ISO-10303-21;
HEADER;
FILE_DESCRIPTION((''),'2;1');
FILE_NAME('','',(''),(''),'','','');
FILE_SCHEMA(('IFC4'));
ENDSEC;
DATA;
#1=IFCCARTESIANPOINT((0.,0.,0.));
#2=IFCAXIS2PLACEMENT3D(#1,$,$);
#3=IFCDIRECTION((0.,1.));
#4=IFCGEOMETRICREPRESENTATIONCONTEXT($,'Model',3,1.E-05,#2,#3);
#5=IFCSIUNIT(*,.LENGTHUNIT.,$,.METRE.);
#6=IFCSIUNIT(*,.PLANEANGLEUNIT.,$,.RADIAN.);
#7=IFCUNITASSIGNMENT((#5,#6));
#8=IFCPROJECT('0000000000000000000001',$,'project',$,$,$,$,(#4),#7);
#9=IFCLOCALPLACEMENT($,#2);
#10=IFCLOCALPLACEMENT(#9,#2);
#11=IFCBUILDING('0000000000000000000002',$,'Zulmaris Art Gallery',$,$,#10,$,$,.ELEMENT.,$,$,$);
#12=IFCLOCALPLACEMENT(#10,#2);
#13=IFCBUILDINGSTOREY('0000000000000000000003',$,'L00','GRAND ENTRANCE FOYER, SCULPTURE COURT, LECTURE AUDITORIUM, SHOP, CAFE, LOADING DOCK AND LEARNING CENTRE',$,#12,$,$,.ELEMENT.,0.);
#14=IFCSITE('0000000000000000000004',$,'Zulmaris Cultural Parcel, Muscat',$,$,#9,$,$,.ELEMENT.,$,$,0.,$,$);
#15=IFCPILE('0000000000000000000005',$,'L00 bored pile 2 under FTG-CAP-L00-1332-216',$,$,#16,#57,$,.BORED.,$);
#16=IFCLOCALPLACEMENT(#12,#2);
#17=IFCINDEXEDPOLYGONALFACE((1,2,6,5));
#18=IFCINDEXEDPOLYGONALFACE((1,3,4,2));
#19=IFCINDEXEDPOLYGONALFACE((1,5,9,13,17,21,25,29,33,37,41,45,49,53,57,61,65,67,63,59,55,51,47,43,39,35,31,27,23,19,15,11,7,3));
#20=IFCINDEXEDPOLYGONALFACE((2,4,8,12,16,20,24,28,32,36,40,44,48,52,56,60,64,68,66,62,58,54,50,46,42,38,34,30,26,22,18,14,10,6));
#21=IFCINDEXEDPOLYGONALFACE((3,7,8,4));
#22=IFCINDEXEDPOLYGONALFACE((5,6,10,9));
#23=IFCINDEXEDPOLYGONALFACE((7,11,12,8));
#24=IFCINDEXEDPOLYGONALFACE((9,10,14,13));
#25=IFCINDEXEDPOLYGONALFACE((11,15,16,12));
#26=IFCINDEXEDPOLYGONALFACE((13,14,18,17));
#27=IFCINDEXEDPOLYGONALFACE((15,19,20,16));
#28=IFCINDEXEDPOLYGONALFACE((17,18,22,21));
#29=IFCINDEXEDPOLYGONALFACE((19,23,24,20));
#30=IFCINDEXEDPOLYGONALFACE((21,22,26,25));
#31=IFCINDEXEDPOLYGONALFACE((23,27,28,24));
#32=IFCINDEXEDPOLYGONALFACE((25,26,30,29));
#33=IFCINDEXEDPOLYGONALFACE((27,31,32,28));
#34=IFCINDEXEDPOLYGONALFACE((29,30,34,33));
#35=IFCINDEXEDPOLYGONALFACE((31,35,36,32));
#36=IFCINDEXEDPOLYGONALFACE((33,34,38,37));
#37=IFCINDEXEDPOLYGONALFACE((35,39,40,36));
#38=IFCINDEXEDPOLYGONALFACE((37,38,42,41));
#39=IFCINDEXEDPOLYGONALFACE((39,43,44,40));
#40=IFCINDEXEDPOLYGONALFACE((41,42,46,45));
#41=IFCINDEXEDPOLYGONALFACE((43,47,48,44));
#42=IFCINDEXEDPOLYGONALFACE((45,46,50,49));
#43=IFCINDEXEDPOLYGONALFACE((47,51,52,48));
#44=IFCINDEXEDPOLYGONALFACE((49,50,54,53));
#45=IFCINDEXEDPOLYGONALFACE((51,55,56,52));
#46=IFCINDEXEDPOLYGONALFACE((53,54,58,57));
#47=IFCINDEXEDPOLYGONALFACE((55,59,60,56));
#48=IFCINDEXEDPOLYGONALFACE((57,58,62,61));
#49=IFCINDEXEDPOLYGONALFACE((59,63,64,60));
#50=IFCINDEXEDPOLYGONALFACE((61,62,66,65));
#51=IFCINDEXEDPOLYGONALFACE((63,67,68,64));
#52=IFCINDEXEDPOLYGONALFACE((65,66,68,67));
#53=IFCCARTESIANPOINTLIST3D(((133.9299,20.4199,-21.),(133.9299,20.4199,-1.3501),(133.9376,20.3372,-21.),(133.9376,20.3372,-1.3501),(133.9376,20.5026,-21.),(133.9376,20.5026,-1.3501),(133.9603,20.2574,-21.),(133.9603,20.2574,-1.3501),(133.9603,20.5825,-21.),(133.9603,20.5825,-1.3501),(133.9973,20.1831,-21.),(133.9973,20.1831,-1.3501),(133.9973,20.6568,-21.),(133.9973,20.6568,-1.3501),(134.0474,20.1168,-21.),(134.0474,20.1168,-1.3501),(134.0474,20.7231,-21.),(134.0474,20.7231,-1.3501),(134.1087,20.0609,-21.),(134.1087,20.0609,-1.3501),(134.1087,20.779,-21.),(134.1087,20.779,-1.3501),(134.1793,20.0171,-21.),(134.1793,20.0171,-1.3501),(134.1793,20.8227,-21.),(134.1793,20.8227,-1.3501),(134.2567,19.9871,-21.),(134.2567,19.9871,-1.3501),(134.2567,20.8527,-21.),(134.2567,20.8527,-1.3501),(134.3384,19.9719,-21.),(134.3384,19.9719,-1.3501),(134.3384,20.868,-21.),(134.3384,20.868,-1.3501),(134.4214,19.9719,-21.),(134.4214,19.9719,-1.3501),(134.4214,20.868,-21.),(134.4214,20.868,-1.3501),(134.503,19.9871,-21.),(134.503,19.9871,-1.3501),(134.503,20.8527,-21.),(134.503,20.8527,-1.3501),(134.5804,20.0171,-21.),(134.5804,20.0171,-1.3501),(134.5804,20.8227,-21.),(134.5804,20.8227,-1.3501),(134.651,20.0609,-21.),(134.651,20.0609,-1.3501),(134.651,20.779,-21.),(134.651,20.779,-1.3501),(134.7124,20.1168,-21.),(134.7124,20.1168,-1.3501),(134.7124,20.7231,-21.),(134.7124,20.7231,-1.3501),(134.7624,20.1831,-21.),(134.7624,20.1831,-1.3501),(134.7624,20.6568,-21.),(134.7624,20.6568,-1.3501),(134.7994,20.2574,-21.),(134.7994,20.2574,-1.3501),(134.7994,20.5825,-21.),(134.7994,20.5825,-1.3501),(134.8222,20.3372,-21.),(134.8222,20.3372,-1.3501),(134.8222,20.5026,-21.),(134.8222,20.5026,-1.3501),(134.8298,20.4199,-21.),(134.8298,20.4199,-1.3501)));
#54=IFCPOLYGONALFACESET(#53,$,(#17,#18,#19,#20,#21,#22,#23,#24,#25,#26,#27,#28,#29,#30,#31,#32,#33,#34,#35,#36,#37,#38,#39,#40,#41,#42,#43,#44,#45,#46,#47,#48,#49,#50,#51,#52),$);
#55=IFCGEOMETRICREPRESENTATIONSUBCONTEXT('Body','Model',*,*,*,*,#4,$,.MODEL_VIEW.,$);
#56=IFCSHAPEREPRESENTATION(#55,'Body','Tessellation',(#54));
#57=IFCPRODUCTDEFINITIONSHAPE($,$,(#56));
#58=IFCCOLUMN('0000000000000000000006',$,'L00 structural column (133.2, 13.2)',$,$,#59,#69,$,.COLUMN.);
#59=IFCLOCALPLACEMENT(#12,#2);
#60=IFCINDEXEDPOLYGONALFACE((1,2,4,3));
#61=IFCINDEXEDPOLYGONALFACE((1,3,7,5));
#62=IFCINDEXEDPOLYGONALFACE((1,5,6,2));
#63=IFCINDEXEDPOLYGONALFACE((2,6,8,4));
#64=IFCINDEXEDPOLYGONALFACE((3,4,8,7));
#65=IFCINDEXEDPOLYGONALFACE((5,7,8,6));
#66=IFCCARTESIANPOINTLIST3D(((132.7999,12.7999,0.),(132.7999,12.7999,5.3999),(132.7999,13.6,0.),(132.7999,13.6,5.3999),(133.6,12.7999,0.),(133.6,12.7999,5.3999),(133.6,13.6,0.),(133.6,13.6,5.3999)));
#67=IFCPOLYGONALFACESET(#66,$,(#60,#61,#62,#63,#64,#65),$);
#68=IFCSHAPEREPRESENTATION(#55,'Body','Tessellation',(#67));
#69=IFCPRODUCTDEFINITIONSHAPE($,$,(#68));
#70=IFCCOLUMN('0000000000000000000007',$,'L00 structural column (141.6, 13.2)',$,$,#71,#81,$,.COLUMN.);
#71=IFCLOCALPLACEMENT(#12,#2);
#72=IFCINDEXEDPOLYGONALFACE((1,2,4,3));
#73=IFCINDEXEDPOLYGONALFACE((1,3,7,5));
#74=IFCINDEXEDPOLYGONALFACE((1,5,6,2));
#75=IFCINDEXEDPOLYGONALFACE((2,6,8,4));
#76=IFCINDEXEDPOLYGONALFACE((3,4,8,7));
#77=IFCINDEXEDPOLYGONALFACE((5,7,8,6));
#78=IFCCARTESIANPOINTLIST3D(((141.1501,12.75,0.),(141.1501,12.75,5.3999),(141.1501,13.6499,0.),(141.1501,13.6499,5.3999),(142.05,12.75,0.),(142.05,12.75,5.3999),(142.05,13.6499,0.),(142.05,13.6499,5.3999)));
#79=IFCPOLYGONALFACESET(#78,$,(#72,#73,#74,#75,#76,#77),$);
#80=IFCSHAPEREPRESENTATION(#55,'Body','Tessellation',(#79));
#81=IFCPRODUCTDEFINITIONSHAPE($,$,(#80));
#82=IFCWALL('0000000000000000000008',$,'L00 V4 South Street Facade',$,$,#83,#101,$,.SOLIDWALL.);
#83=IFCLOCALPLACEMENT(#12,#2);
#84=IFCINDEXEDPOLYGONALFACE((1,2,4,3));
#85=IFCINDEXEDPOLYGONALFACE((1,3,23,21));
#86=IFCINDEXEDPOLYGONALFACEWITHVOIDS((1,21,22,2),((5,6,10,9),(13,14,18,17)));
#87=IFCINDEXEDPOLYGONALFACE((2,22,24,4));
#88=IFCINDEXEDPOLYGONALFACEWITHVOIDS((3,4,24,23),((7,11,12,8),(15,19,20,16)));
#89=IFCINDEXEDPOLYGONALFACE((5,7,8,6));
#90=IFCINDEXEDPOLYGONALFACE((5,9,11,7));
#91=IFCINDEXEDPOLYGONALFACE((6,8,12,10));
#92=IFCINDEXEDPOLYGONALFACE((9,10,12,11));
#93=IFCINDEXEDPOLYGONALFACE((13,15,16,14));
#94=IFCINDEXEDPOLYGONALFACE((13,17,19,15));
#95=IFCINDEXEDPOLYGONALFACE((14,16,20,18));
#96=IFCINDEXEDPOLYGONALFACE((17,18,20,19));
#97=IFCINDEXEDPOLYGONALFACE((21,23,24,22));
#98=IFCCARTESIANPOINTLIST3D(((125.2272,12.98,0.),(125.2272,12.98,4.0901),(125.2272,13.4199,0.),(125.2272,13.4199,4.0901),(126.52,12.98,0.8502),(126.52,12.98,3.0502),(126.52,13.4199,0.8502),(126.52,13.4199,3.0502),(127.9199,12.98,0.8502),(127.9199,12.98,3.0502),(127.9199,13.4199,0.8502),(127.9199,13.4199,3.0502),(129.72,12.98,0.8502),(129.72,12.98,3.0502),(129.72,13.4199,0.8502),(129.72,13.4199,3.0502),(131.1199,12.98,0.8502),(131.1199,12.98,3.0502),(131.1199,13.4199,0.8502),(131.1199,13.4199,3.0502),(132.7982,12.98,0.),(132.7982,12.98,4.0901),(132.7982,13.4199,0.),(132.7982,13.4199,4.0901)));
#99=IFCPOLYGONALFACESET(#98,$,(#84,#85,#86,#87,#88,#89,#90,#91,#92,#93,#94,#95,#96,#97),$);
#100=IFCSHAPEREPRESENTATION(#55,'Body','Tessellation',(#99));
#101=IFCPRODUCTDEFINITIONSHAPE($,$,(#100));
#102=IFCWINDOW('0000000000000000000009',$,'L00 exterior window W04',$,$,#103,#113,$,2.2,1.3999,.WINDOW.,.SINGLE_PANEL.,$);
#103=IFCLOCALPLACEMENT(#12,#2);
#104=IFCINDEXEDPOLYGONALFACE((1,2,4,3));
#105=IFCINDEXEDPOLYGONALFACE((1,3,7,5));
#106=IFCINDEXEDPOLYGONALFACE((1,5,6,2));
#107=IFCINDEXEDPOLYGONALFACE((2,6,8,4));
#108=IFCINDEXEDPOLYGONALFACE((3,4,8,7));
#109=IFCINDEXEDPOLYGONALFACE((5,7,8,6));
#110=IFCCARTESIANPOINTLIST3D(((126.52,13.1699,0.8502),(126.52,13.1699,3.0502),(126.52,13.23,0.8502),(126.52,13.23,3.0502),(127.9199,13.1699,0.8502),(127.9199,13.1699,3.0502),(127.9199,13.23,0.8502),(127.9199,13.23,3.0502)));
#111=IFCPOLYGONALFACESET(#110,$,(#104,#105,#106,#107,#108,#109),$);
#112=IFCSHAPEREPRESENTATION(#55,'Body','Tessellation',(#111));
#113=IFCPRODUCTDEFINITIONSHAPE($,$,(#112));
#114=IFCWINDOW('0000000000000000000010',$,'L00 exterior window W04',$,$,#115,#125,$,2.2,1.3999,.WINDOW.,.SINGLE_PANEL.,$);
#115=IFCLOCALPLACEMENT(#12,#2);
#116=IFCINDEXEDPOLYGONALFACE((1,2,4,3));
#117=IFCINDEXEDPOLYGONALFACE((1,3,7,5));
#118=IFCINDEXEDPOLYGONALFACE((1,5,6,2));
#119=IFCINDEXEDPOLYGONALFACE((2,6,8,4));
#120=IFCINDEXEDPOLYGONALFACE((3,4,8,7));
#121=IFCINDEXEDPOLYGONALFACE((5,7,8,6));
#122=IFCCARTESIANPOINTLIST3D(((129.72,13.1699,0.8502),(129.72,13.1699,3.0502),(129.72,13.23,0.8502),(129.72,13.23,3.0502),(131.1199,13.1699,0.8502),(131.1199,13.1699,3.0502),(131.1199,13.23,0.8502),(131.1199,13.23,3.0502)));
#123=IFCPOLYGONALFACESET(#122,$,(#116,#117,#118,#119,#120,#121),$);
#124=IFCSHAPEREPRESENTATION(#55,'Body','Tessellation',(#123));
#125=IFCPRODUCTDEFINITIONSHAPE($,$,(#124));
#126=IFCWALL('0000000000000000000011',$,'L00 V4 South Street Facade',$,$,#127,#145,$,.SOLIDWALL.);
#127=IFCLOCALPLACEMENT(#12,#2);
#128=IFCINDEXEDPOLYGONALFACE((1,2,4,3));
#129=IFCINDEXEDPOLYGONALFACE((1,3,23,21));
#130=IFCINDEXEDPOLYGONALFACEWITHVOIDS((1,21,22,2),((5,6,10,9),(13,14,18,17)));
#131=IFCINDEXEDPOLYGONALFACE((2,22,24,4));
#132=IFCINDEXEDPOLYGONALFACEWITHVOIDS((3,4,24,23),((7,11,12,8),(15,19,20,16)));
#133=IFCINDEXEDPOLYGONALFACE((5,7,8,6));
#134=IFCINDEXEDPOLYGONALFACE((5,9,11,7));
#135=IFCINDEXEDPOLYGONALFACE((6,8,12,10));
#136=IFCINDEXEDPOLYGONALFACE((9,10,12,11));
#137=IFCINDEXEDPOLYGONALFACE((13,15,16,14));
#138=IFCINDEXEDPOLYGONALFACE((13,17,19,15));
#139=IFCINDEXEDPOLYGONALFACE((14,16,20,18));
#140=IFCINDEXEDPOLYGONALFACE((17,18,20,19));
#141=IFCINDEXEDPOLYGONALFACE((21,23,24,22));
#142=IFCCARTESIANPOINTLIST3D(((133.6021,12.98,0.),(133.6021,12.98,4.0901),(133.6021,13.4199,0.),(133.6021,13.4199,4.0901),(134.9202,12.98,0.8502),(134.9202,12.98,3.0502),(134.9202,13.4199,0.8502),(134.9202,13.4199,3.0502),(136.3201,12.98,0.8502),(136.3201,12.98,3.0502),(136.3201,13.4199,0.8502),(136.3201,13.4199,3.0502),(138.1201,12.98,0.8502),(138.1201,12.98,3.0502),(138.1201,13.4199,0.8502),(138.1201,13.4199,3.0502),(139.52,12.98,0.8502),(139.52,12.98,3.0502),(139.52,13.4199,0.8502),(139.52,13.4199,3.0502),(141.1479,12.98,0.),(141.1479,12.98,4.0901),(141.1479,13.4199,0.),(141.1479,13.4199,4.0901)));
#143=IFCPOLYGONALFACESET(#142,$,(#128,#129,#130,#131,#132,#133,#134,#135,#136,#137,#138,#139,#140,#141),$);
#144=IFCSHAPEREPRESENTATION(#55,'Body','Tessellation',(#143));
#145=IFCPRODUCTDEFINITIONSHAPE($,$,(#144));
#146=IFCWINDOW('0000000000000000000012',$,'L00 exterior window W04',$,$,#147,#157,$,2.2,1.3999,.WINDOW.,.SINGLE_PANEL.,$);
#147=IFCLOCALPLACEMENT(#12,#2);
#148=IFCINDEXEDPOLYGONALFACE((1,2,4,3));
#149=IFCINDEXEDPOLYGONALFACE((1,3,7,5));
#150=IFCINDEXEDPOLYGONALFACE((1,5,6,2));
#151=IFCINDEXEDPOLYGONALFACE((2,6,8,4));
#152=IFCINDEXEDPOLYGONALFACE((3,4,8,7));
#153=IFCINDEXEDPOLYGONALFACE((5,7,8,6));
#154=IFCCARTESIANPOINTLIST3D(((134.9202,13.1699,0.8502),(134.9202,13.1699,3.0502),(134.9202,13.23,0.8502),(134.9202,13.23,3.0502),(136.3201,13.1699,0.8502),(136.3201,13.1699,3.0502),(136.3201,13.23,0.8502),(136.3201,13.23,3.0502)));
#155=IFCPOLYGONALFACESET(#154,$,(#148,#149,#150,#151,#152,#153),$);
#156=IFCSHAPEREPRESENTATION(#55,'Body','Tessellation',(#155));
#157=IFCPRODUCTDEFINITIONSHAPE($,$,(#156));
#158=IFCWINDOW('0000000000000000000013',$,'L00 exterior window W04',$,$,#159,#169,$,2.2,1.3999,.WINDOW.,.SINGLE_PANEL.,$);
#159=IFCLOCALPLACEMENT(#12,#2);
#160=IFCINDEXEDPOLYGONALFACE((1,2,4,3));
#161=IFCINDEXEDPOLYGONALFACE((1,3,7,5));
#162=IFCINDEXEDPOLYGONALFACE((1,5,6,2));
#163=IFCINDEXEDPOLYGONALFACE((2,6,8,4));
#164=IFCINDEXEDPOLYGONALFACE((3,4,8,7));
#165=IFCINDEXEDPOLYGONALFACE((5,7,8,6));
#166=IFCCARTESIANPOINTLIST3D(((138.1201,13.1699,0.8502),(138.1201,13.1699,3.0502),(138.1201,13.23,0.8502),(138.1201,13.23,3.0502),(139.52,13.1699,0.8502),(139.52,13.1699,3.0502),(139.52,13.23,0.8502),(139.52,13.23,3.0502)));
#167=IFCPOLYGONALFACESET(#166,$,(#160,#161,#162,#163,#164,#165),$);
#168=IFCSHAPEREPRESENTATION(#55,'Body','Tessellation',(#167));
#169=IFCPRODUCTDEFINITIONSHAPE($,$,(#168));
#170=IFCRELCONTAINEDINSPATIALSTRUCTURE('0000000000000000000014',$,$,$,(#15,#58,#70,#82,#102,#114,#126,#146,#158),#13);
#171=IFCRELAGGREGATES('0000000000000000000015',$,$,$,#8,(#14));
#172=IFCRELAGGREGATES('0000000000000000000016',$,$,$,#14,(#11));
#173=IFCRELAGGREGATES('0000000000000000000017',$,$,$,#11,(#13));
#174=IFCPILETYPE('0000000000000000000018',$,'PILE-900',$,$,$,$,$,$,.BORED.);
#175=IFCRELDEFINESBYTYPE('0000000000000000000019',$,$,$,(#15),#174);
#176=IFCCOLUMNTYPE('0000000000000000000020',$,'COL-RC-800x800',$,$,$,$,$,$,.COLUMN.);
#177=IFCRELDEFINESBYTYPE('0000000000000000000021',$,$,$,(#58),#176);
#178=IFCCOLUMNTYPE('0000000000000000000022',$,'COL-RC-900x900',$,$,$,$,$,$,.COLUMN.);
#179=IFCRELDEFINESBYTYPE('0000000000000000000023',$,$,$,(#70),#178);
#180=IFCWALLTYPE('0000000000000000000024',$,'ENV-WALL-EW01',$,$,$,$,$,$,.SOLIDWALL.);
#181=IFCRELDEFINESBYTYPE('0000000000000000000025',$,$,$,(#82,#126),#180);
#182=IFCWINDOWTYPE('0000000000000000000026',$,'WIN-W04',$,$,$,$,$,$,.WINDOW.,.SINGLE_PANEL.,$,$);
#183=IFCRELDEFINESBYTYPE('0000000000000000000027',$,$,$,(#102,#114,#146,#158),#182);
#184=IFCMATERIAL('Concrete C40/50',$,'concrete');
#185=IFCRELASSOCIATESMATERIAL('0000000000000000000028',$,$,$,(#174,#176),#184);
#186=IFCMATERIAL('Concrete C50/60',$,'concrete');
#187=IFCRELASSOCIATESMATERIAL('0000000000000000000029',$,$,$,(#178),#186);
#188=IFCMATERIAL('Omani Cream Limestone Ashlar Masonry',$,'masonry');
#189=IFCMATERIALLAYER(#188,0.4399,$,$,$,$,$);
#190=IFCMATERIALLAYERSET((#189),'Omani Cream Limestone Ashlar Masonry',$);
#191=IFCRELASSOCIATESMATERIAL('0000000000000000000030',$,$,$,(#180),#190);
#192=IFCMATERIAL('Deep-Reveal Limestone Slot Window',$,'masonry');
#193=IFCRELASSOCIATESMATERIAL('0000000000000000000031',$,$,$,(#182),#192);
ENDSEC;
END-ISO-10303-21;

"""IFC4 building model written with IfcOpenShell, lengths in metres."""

from ifc_helpers import new_model, si_unit, direction, frame, frame_2d, origin, origin_2d, place, context, subcontext, project, spatial, rectangle, circle, extrude, material, layer, layer_set, material_profile, profile_set, type_object, element, fill, save


model = new_model("IFC4")

# Units and contexts
model_context = context("Model", 3, precision=1e-05, world=origin(), true_north=direction((0.0, 1.0)))
body_context = subcontext(model_context, "Body", "Model", "MODEL_VIEW")
ifc_project = project(units=[si_unit("LENGTHUNIT", "METRE"), si_unit("PLANEANGLEUNIT", "RADIAN")], contexts=[model_context])

# Site, building, storey
site_placement = place(None, origin())
site = spatial("IfcSite", under=ifc_project, at=site_placement, Name="Zulmaris Cultural Parcel, Muscat", CompositionType="ELEMENT", RefElevation=0.0)
building_placement = place(site_placement, origin())
building = spatial("IfcBuilding", under=site, at=building_placement, Name="Zulmaris Art Gallery", CompositionType="ELEMENT")
storey_placement = place(building_placement, origin())
storey = spatial("IfcBuildingStorey", under=building, at=storey_placement, Name="L00", Description="GRAND ENTRANCE FOYER, SCULPTURE COURT, LECTURE AUDITORIUM, SHOP, CAFE, LOADING DOCK AND LEARNING CENTRE", CompositionType="ELEMENT", Elevation=0.0)

# Pile
ifc_material_1 = material(Name="Concrete C40/50", Category="concrete")
ifc_material_profile_1 = material_profile(ifc_material_1, circle(Radius=0.45, at=origin_2d()), Name="PILE DIA 900")
ifc_profile_set_1 = profile_set([ifc_material_profile_1], Name="Concrete C40/50")
pile_type_1 = type_object("IfcPileType", Name="PILE-900", PredefinedType="BORED", material=ifc_profile_set_1)
for number, where, z_axis, x_axis, name in (
    (1, (134.3799, 20.4199, -1.3501), (0.0, 0.0, -1.0), (1.0, 0.0, 0.0), "L00 bored pile 2 under FTG-CAP-L00-1332-216"),
):
    element("IfcPile", number, at=place(storey_placement, frame(where, z_axis=z_axis, x_axis=x_axis)), inside=storey, type_object=pile_type_1, Name=name, PredefinedType="BORED", context=body_context, shape_type="SweptSolid", body=[
        extrude(circle(Radius=0.45, at=origin_2d()), origin(), (0.0, 0.0, 1.0), 19.6499),
    ])

# Columns
ifc_material_profile_2 = material_profile(ifc_material_1, rectangle(XDim=0.8, YDim=0.8, at=origin_2d()), Name="RC 800x800")
ifc_profile_set_2 = profile_set([ifc_material_profile_2], Name="Concrete C40/50")
column_type_1 = type_object("IfcColumnType", Name="COL-RC-800x800", PredefinedType="COLUMN", material=ifc_profile_set_2)
column_1_placement = place(storey_placement, frame((133.2, 13.2, 0.0), z_axis=(0.0, 0.0, 1.0), x_axis=(1.0, 0.0, 0.0)))
element("IfcColumn", 2, at=column_1_placement, inside=storey, type_object=column_type_1, Name="L00 structural column (133.2, 13.2)", PredefinedType="COLUMN", context=body_context, shape_type="SweptSolid", body=[
    extrude(rectangle(XDim=0.8, YDim=0.8, at=origin_2d()), origin(), (0.0, 0.0, 1.0), 5.3999),
])
ifc_material_2 = material(Name="Concrete C50/60", Category="concrete")
ifc_material_profile_3 = material_profile(ifc_material_2, rectangle(XDim=0.8999, YDim=0.8999, at=origin_2d()), Name="RC 900x900")
ifc_profile_set_3 = profile_set([ifc_material_profile_3], Name="Concrete C50/60")
column_type_2 = type_object("IfcColumnType", Name="COL-RC-900x900", PredefinedType="COLUMN", material=ifc_profile_set_3)
column_2_placement = place(storey_placement, frame((141.6001, 13.2, 0.0), z_axis=(0.0, 0.0, 1.0), x_axis=(1.0, 0.0, 0.0)))
element("IfcColumn", 3, at=column_2_placement, inside=storey, type_object=column_type_2, Name="L00 structural column (141.6, 13.2)", PredefinedType="COLUMN", context=body_context, shape_type="SweptSolid", body=[
    extrude(rectangle(XDim=0.8999, YDim=0.8999, at=origin_2d()), origin(), (0.0, 0.0, 1.0), 5.3999),
])

# Walls, openings, windows
ifc_material_3 = material(Name="Omani Cream Limestone Ashlar Masonry", Category="masonry")
ifc_layer_1 = layer(ifc_material_3, 0.4399)
ifc_layer_set_1 = layer_set([ifc_layer_1], Name="Omani Cream Limestone Ashlar Masonry")
wall_type_1 = type_object("IfcWallType", Name="ENV-WALL-EW01", PredefinedType="SOLIDWALL", material=ifc_layer_set_1)
wall_1_placement = place(storey_placement, frame((125.2271, 13.2, 0.0), z_axis=(0.0, 0.0, 1.0), x_axis=(1.0, 0.0, 0.0)))
wall_1 = element("IfcWall", 4, at=wall_1_placement, inside=storey, type_object=wall_type_1, Name="L00 V4 South Street Facade", PredefinedType="SOLIDWALL", context=body_context, shape_type="SweptSolid", body=[
    extrude(rectangle(XDim=7.571, YDim=0.4399, at=frame_2d((3.7856, 0.0))), origin(), (0.0, 0.0, 1.0), 4.0901),
])
opening_1_placement = place(wall_1_placement, frame((1.293, 0.0, 0.8501)))
opening_1 = element("IfcOpeningElement", 5, at=opening_1_placement, cuts=wall_1, PredefinedType="OPENING", context=body_context, shape_type="SweptSolid", body=[
    extrude(rectangle(XDim=1.3999, YDim=2.2, at=frame_2d((0.7, 1.1001))), frame((0.0, 0.23, 0.0), z_axis=(0.0, -1.0, 0.0), x_axis=(1.0, 0.0, 0.0)), (0.0, 0.0, 1.0), 0.46),
])
opening_2_placement = place(wall_1_placement, frame((4.4929, 0.0, 0.8501)))
opening_2 = element("IfcOpeningElement", 6, at=opening_2_placement, cuts=wall_1, PredefinedType="OPENING", context=body_context, shape_type="SweptSolid", body=[
    extrude(rectangle(XDim=1.3999, YDim=2.2, at=frame_2d((0.7, 1.1001))), frame((0.0, 0.23, 0.0), z_axis=(0.0, -1.0, 0.0), x_axis=(1.0, 0.0, 0.0)), (0.0, 0.0, 1.0), 0.46),
])
ifc_material_4 = material(Name="Deep-Reveal Limestone Slot Window", Category="masonry")
window_type_1 = type_object("IfcWindowType", Name="WIN-W04", PartitioningType="SINGLE_PANEL", PredefinedType="WINDOW", material=ifc_material_4)
window_1_placement = place(opening_1_placement, origin())
window_1 = element("IfcWindow", 7, at=window_1_placement, inside=storey, type_object=window_type_1, Name="L00 exterior window W04", OverallHeight=2.2, OverallWidth=1.3999, PartitioningType="SINGLE_PANEL", PredefinedType="WINDOW", context=body_context, shape_type="SweptSolid", body=[
    extrude(rectangle(XDim=1.3999, YDim=2.2, at=frame_2d((0.7, 1.1001))), frame((0.0, 0.03, 0.0), z_axis=(0.0, -1.0, 0.0), x_axis=(1.0, 0.0, 0.0)), (0.0, 0.0, 1.0), 0.0601),
])
fill(opening_1, window_1)
window_2_placement = place(opening_2_placement, origin())
window_2 = element("IfcWindow", 8, at=window_2_placement, inside=storey, type_object=window_type_1, Name="L00 exterior window W04", OverallHeight=2.2, OverallWidth=1.3999, PartitioningType="SINGLE_PANEL", PredefinedType="WINDOW", context=body_context, shape_type="SweptSolid", body=[
    extrude(rectangle(XDim=1.3999, YDim=2.2, at=frame_2d((0.7, 1.1001))), frame((0.0, 0.03, 0.0), z_axis=(0.0, -1.0, 0.0), x_axis=(1.0, 0.0, 0.0)), (0.0, 0.0, 1.0), 0.0601),
])
fill(opening_2, window_2)
wall_2_placement = place(storey_placement, frame((133.6021, 13.2, 0.0), z_axis=(0.0, 0.0, 1.0), x_axis=(1.0, 0.0, 0.0)))
wall_2 = element("IfcWall", 9, at=wall_2_placement, inside=storey, type_object=wall_type_1, Name="L00 V4 South Street Facade", PredefinedType="SOLIDWALL", context=body_context, shape_type="SweptSolid", body=[
    extrude(rectangle(XDim=7.5459, YDim=0.4399, at=frame_2d((3.7729, 0.0))), origin(), (0.0, 0.0, 1.0), 4.0901),
])
opening_3_placement = place(wall_2_placement, frame((1.3181, 0.0, 0.8501)))
opening_3 = element("IfcOpeningElement", 10, at=opening_3_placement, cuts=wall_2, PredefinedType="OPENING", context=body_context, shape_type="SweptSolid", body=[
    extrude(rectangle(XDim=1.3999, YDim=2.2, at=frame_2d((0.7, 1.1001))), frame((0.0, 0.23, 0.0), z_axis=(0.0, -1.0, 0.0), x_axis=(1.0, 0.0, 0.0)), (0.0, 0.0, 1.0), 0.46),
])
opening_4_placement = place(wall_2_placement, frame((4.5181, 0.0, 0.8501)))
opening_4 = element("IfcOpeningElement", 11, at=opening_4_placement, cuts=wall_2, PredefinedType="OPENING", context=body_context, shape_type="SweptSolid", body=[
    extrude(rectangle(XDim=1.3999, YDim=2.2, at=frame_2d((0.7, 1.1001))), frame((0.0, 0.23, 0.0), z_axis=(0.0, -1.0, 0.0), x_axis=(1.0, 0.0, 0.0)), (0.0, 0.0, 1.0), 0.46),
])
window_3_placement = place(opening_3_placement, origin())
window_3 = element("IfcWindow", 12, at=window_3_placement, inside=storey, type_object=window_type_1, Name="L00 exterior window W04", OverallHeight=2.2, OverallWidth=1.3999, PartitioningType="SINGLE_PANEL", PredefinedType="WINDOW", context=body_context, shape_type="SweptSolid", body=[
    extrude(rectangle(XDim=1.3999, YDim=2.2, at=frame_2d((0.7, 1.1001))), frame((0.0, 0.03, 0.0), z_axis=(0.0, -1.0, 0.0), x_axis=(1.0, 0.0, 0.0)), (0.0, 0.0, 1.0), 0.0601),
])
fill(opening_3, window_3)
window_4_placement = place(opening_4_placement, origin())
window_4 = element("IfcWindow", 13, at=window_4_placement, inside=storey, type_object=window_type_1, Name="L00 exterior window W04", OverallHeight=2.2, OverallWidth=1.3999, PartitioningType="SINGLE_PANEL", PredefinedType="WINDOW", context=body_context, shape_type="SweptSolid", body=[
    extrude(rectangle(XDim=1.3999, YDim=2.2, at=frame_2d((0.7, 1.1001))), frame((0.0, 0.03, 0.0), z_axis=(0.0, -1.0, 0.0), x_axis=(1.0, 0.0, 0.0)), (0.0, 0.0, 1.0), 0.0601),
])
fill(opening_4, window_4)

save(model, "model.ifc")
